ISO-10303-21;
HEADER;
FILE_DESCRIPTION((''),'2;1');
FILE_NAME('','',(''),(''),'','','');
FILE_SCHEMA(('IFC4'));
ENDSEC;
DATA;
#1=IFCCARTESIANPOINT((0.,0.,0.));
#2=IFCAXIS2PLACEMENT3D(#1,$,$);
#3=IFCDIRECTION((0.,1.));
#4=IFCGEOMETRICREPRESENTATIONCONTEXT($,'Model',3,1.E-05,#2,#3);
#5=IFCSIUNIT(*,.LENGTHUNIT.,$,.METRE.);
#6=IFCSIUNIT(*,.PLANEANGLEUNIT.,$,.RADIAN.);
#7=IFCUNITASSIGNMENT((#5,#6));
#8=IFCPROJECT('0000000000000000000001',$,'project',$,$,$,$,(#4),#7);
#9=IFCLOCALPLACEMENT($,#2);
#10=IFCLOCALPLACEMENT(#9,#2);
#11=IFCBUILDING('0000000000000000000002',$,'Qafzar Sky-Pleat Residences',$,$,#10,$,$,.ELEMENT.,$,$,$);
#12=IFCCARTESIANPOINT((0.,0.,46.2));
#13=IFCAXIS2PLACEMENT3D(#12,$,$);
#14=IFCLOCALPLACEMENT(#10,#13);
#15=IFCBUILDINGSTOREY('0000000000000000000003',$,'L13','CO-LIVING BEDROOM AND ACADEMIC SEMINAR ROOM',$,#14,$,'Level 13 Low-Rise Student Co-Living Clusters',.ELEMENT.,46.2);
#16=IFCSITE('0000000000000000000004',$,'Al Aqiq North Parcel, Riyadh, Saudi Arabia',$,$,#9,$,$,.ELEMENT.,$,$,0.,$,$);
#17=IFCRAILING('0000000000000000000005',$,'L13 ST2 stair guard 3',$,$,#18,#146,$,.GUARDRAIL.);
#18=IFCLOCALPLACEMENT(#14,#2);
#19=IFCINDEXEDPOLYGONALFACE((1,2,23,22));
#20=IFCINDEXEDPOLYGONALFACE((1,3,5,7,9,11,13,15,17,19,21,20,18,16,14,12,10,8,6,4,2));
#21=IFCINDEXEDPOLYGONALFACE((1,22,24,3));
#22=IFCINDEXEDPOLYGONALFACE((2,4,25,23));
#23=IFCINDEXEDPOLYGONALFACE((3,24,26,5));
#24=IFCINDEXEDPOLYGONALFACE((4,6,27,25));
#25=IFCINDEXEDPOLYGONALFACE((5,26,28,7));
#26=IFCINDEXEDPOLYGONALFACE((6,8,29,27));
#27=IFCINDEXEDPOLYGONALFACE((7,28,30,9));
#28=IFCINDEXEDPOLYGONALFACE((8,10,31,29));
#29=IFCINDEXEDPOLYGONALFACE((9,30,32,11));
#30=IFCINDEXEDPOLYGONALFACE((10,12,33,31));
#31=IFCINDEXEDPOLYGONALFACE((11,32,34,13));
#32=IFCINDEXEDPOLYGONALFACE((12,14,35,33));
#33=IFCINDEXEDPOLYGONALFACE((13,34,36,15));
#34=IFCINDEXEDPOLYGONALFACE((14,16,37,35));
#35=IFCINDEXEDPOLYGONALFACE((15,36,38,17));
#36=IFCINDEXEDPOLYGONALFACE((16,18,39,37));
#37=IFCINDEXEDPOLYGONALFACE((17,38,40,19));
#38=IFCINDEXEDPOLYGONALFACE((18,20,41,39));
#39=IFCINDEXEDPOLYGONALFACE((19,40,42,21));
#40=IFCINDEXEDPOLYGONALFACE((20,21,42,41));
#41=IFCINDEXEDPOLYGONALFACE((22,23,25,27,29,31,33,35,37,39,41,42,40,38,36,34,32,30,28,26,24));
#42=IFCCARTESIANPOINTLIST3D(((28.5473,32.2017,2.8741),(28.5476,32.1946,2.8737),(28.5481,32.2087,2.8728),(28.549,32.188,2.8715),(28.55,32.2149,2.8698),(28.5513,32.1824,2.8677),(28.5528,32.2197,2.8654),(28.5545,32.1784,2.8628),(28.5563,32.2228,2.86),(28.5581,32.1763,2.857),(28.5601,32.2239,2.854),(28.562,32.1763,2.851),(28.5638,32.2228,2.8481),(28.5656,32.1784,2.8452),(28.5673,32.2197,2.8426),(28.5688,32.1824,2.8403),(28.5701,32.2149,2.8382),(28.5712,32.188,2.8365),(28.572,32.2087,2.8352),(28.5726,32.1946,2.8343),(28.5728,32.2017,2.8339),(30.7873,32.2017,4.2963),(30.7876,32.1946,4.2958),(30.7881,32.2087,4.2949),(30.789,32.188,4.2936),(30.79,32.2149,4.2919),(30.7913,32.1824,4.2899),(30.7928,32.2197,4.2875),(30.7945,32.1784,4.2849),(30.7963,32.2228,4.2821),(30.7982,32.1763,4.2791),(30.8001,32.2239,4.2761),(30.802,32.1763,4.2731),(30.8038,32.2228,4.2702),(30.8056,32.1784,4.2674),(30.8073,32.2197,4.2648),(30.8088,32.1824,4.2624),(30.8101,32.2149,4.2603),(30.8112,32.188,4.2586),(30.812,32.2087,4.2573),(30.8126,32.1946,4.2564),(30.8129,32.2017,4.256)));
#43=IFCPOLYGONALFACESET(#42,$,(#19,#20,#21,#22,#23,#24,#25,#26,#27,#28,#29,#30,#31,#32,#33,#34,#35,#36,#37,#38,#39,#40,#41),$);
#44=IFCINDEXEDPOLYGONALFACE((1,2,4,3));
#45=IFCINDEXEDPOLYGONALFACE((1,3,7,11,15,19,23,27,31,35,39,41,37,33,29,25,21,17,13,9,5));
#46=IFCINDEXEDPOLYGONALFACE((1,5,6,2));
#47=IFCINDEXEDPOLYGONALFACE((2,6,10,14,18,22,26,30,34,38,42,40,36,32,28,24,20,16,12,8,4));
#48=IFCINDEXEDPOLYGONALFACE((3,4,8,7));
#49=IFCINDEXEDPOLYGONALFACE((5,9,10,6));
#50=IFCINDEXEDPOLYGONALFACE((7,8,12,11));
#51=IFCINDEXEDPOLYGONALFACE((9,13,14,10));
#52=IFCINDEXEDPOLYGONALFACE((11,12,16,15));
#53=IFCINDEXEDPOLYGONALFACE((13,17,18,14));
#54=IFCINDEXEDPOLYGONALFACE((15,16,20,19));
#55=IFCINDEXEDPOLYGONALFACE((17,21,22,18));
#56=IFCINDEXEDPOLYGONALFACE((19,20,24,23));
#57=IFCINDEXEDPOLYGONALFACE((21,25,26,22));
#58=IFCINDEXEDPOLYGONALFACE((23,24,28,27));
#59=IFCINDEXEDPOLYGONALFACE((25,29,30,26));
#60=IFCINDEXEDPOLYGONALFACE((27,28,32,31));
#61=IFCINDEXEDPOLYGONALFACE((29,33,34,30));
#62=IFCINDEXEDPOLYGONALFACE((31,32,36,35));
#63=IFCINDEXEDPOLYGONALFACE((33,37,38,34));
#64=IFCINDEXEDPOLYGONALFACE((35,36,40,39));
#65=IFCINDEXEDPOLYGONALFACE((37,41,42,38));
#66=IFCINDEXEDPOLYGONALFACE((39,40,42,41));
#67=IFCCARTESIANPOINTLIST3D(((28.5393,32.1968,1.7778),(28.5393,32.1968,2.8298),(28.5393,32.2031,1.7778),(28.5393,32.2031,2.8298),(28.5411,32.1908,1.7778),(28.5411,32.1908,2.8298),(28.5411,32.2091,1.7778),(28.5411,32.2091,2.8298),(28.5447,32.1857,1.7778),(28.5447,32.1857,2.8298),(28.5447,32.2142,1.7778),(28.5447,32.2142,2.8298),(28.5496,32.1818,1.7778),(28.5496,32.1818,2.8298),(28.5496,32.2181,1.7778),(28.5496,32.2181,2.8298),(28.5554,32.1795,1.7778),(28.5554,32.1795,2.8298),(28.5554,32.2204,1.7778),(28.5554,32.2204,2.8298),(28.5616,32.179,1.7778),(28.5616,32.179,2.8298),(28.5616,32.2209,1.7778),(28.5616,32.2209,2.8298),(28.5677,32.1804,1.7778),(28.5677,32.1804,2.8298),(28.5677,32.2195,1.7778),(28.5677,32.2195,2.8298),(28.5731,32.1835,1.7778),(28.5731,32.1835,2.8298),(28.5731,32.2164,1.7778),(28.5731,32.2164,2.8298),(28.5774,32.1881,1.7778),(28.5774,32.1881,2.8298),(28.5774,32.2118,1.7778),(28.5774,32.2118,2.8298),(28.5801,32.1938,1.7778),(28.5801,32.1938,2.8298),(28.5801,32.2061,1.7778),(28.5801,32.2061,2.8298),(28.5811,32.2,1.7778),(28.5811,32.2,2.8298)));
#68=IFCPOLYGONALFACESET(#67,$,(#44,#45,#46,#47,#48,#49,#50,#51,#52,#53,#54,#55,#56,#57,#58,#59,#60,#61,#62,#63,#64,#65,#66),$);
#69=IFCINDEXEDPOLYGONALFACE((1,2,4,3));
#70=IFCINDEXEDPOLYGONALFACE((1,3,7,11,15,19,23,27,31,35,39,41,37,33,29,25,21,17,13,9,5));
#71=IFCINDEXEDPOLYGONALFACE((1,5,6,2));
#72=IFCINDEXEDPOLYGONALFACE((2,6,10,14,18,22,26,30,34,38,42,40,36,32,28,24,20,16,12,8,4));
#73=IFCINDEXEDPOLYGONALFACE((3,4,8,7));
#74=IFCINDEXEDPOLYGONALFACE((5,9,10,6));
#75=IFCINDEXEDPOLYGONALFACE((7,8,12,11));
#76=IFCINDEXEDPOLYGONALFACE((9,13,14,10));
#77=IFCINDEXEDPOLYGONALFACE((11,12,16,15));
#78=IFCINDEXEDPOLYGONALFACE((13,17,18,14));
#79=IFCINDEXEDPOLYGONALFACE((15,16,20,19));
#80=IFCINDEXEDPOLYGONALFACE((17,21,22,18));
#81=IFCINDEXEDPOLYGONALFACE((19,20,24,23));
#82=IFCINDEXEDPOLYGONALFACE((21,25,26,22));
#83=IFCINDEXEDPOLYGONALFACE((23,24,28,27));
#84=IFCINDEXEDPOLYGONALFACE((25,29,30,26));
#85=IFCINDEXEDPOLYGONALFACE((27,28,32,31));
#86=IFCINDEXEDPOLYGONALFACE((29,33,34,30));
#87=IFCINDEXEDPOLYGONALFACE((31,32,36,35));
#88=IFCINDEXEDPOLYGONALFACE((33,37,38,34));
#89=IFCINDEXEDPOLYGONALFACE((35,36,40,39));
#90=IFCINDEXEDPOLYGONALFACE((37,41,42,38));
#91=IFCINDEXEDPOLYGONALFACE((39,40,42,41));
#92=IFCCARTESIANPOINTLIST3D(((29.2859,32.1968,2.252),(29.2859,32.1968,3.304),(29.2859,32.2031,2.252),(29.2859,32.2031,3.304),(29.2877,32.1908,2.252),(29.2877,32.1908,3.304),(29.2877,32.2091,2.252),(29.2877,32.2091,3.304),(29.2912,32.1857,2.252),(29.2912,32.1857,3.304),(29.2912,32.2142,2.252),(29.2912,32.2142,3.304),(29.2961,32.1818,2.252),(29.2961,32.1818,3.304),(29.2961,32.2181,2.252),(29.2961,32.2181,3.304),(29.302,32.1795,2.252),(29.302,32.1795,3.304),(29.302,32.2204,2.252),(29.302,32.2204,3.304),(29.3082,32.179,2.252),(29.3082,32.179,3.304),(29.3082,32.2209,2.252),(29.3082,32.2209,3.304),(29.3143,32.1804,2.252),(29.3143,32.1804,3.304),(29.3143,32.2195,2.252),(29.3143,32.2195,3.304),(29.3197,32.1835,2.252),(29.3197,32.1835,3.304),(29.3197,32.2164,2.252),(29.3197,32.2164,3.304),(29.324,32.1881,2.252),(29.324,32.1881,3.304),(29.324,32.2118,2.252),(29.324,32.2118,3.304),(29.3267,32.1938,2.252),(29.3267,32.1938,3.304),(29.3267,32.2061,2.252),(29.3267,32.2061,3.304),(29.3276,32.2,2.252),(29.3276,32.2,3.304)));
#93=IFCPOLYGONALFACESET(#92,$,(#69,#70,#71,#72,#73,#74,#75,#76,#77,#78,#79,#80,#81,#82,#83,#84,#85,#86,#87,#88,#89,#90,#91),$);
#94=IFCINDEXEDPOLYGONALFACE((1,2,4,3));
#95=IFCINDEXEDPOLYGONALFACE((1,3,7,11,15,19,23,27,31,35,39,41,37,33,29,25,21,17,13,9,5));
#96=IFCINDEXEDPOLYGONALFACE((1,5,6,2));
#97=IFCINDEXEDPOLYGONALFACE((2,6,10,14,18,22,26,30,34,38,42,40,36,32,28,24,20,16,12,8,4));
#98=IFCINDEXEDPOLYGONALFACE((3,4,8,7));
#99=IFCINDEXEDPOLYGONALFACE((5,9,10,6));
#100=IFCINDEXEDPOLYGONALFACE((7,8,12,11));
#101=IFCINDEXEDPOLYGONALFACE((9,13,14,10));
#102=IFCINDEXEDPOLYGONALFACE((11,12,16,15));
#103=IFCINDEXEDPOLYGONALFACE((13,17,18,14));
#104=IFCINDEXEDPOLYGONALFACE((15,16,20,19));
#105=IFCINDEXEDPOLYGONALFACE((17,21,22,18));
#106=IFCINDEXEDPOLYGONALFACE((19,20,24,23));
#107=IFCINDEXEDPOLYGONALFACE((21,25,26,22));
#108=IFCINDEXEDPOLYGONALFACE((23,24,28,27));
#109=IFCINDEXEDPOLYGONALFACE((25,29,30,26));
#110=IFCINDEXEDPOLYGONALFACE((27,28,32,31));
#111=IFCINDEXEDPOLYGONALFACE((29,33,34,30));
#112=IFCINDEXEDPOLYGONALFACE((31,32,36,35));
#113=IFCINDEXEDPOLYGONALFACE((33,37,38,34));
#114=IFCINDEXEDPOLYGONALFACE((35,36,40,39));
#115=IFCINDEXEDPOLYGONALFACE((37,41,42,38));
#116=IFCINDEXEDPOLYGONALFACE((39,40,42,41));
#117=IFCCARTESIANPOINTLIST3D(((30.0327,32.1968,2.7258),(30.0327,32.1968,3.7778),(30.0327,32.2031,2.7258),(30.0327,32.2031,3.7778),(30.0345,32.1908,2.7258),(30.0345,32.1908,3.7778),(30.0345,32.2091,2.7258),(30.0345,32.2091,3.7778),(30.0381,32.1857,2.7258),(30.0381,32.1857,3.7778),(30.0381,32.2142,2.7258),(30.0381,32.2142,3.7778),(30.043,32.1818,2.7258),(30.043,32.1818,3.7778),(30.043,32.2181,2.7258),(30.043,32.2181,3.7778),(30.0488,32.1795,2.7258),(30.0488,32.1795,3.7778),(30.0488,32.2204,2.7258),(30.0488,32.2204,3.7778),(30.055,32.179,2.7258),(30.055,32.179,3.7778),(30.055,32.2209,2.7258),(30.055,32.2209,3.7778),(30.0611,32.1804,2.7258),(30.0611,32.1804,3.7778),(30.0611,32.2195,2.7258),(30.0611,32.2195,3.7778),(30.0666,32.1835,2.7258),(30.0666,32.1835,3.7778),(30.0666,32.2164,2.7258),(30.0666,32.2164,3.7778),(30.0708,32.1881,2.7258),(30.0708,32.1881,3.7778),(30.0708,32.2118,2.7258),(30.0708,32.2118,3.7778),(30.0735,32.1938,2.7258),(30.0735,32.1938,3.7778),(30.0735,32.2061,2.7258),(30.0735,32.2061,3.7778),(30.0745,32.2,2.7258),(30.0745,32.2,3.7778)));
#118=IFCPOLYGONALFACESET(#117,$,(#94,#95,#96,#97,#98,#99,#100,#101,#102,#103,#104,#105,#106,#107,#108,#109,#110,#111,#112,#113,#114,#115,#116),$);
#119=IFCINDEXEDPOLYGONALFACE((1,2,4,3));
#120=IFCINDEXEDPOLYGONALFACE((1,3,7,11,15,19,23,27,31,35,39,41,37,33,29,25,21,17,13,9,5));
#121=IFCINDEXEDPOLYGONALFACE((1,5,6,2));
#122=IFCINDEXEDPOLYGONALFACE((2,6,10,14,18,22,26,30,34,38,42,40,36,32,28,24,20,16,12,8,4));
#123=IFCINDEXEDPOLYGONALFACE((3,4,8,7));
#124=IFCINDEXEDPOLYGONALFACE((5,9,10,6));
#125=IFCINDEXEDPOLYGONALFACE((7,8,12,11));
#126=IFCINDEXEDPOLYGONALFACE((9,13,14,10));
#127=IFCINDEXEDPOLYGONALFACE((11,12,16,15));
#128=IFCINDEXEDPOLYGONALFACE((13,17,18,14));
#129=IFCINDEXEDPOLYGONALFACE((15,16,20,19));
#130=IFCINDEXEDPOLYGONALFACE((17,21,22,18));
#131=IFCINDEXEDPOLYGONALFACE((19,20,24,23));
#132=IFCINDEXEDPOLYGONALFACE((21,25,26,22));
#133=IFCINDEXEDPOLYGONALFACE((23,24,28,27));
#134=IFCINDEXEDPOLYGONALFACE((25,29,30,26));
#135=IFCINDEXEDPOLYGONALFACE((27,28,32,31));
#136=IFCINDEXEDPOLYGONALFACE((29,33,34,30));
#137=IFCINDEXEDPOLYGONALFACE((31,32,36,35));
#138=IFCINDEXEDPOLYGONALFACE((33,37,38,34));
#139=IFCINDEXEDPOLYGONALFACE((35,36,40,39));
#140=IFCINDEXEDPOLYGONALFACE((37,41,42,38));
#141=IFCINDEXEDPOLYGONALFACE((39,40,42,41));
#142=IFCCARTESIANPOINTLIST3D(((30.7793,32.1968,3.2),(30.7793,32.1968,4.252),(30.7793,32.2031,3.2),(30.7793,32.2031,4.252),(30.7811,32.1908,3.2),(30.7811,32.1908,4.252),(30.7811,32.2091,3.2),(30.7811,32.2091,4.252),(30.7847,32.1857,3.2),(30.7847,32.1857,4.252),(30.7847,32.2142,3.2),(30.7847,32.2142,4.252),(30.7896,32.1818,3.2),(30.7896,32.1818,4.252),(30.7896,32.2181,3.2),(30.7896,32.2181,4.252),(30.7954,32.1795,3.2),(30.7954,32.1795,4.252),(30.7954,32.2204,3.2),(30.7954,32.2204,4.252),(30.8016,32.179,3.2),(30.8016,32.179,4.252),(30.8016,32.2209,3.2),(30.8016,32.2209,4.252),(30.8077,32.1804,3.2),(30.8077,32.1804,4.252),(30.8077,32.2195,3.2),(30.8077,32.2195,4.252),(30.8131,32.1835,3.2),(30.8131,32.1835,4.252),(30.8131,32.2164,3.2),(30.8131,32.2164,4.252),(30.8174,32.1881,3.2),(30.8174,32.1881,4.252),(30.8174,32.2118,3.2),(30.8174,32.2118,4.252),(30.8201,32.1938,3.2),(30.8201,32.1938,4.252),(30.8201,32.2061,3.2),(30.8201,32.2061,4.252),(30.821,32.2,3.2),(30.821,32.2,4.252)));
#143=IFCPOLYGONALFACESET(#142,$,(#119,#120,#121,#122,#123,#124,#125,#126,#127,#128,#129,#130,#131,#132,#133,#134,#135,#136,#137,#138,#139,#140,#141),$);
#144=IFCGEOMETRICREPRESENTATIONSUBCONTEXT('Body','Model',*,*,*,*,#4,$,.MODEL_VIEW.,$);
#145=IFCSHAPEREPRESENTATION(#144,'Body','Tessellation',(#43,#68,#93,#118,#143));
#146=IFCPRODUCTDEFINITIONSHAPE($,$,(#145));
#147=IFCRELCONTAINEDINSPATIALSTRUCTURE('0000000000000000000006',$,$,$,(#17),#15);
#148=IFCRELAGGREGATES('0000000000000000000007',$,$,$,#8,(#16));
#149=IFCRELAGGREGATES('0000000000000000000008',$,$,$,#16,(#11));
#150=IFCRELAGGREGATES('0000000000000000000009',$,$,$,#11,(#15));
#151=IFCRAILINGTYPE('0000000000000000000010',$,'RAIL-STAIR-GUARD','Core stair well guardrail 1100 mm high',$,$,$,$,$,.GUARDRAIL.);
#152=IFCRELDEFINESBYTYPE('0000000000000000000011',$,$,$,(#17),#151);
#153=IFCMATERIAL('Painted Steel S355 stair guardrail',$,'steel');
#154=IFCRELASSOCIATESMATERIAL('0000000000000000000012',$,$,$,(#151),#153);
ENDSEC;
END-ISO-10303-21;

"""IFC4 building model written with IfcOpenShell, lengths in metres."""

from ifc_helpers import new_model, si_unit, direction, frame, origin, origin_2d, place, context, subcontext, project, spatial, circle, extrude, source, transform, mapped, material, type_object, element, save


model = new_model("IFC4")

# Units and contexts
model_context = context("Model", 3, precision=1e-05, world=origin(), true_north=direction((0.0, 1.0)))
body_context = subcontext(model_context, "Body", "Model", "MODEL_VIEW")
ifc_project = project(units=[si_unit("LENGTHUNIT", "METRE"), si_unit("PLANEANGLEUNIT", "RADIAN")], contexts=[model_context])

# Site, building, storey
site_placement = place(None, origin())
site = spatial("IfcSite", under=ifc_project, at=site_placement, Name="Al Aqiq North Parcel, Riyadh, Saudi Arabia", CompositionType="ELEMENT", RefElevation=0.0)
building_placement = place(site_placement, origin())
building = spatial("IfcBuilding", under=site, at=building_placement, Name="Qafzar Sky-Pleat Residences", CompositionType="ELEMENT")
storey_placement = place(building_placement, frame((0.0, 0.0, 46.2)))
storey = spatial("IfcBuildingStorey", under=building, at=storey_placement, Name="L13", Description="CO-LIVING BEDROOM AND ACADEMIC SEMINAR ROOM", LongName="Level 13 Low-Rise Student Co-Living Clusters", CompositionType="ELEMENT", Elevation=46.2)

# Railing
ifc_material_1 = material(Name="Painted Steel S355 stair guardrail", Category="steel")
railing_type_1 = type_object("IfcRailingType", Name="RAIL-STAIR-GUARD", Description="Core stair well guardrail 1100 mm high", PredefinedType="GUARDRAIL", material=ifc_material_1)
shared_shape_1 = source(origin(), body_context, "Body", "SweptSolid", [
    extrude(circle(Radius=0.0239, at=origin_2d()), frame((0.0, 0.0, 1.0762), z_axis=(0.844229, 0.0, 0.535982), x_axis=(0.0, 1.0, 0.0)), (0.0, 0.0, 1.0), 2.6533),
    extrude(circle(Radius=0.021, at=origin_2d()), origin(), (0.0, 0.0, 1.0), 1.052),
    extrude(circle(Radius=0.021, at=origin_2d()), frame((0.7466, 0.0, 0.4741)), (0.0, 0.0, 1.0), 1.052),
    extrude(circle(Radius=0.021, at=origin_2d()), frame((1.4934, 0.0, 0.948)), (0.0, 0.0, 1.0), 1.052),
    extrude(circle(Radius=0.021, at=origin_2d()), frame((2.24, 0.0, 1.4221)), (0.0, 0.0, 1.0), 1.052),
])
railing_1_placement = place(storey_placement, frame((28.5601, 32.2, 1.7778)))
element("IfcRailing", 1, at=railing_1_placement, inside=storey, type_object=railing_type_1, Name="L13 ST2 stair guard 3", PredefinedType="GUARDRAIL", context=body_context, shape_type="MappedRepresentation", body=[
    mapped(shared_shape_1, transform((0.0, 0.0, 0.0), x_axis=(1.0, 0.0, 0.0), y_axis=(0.0, 1.0, 0.0), z_axis=(0.0, 0.0, 1.0), scale=1.0)),
])

save(model, "model.ifc")
